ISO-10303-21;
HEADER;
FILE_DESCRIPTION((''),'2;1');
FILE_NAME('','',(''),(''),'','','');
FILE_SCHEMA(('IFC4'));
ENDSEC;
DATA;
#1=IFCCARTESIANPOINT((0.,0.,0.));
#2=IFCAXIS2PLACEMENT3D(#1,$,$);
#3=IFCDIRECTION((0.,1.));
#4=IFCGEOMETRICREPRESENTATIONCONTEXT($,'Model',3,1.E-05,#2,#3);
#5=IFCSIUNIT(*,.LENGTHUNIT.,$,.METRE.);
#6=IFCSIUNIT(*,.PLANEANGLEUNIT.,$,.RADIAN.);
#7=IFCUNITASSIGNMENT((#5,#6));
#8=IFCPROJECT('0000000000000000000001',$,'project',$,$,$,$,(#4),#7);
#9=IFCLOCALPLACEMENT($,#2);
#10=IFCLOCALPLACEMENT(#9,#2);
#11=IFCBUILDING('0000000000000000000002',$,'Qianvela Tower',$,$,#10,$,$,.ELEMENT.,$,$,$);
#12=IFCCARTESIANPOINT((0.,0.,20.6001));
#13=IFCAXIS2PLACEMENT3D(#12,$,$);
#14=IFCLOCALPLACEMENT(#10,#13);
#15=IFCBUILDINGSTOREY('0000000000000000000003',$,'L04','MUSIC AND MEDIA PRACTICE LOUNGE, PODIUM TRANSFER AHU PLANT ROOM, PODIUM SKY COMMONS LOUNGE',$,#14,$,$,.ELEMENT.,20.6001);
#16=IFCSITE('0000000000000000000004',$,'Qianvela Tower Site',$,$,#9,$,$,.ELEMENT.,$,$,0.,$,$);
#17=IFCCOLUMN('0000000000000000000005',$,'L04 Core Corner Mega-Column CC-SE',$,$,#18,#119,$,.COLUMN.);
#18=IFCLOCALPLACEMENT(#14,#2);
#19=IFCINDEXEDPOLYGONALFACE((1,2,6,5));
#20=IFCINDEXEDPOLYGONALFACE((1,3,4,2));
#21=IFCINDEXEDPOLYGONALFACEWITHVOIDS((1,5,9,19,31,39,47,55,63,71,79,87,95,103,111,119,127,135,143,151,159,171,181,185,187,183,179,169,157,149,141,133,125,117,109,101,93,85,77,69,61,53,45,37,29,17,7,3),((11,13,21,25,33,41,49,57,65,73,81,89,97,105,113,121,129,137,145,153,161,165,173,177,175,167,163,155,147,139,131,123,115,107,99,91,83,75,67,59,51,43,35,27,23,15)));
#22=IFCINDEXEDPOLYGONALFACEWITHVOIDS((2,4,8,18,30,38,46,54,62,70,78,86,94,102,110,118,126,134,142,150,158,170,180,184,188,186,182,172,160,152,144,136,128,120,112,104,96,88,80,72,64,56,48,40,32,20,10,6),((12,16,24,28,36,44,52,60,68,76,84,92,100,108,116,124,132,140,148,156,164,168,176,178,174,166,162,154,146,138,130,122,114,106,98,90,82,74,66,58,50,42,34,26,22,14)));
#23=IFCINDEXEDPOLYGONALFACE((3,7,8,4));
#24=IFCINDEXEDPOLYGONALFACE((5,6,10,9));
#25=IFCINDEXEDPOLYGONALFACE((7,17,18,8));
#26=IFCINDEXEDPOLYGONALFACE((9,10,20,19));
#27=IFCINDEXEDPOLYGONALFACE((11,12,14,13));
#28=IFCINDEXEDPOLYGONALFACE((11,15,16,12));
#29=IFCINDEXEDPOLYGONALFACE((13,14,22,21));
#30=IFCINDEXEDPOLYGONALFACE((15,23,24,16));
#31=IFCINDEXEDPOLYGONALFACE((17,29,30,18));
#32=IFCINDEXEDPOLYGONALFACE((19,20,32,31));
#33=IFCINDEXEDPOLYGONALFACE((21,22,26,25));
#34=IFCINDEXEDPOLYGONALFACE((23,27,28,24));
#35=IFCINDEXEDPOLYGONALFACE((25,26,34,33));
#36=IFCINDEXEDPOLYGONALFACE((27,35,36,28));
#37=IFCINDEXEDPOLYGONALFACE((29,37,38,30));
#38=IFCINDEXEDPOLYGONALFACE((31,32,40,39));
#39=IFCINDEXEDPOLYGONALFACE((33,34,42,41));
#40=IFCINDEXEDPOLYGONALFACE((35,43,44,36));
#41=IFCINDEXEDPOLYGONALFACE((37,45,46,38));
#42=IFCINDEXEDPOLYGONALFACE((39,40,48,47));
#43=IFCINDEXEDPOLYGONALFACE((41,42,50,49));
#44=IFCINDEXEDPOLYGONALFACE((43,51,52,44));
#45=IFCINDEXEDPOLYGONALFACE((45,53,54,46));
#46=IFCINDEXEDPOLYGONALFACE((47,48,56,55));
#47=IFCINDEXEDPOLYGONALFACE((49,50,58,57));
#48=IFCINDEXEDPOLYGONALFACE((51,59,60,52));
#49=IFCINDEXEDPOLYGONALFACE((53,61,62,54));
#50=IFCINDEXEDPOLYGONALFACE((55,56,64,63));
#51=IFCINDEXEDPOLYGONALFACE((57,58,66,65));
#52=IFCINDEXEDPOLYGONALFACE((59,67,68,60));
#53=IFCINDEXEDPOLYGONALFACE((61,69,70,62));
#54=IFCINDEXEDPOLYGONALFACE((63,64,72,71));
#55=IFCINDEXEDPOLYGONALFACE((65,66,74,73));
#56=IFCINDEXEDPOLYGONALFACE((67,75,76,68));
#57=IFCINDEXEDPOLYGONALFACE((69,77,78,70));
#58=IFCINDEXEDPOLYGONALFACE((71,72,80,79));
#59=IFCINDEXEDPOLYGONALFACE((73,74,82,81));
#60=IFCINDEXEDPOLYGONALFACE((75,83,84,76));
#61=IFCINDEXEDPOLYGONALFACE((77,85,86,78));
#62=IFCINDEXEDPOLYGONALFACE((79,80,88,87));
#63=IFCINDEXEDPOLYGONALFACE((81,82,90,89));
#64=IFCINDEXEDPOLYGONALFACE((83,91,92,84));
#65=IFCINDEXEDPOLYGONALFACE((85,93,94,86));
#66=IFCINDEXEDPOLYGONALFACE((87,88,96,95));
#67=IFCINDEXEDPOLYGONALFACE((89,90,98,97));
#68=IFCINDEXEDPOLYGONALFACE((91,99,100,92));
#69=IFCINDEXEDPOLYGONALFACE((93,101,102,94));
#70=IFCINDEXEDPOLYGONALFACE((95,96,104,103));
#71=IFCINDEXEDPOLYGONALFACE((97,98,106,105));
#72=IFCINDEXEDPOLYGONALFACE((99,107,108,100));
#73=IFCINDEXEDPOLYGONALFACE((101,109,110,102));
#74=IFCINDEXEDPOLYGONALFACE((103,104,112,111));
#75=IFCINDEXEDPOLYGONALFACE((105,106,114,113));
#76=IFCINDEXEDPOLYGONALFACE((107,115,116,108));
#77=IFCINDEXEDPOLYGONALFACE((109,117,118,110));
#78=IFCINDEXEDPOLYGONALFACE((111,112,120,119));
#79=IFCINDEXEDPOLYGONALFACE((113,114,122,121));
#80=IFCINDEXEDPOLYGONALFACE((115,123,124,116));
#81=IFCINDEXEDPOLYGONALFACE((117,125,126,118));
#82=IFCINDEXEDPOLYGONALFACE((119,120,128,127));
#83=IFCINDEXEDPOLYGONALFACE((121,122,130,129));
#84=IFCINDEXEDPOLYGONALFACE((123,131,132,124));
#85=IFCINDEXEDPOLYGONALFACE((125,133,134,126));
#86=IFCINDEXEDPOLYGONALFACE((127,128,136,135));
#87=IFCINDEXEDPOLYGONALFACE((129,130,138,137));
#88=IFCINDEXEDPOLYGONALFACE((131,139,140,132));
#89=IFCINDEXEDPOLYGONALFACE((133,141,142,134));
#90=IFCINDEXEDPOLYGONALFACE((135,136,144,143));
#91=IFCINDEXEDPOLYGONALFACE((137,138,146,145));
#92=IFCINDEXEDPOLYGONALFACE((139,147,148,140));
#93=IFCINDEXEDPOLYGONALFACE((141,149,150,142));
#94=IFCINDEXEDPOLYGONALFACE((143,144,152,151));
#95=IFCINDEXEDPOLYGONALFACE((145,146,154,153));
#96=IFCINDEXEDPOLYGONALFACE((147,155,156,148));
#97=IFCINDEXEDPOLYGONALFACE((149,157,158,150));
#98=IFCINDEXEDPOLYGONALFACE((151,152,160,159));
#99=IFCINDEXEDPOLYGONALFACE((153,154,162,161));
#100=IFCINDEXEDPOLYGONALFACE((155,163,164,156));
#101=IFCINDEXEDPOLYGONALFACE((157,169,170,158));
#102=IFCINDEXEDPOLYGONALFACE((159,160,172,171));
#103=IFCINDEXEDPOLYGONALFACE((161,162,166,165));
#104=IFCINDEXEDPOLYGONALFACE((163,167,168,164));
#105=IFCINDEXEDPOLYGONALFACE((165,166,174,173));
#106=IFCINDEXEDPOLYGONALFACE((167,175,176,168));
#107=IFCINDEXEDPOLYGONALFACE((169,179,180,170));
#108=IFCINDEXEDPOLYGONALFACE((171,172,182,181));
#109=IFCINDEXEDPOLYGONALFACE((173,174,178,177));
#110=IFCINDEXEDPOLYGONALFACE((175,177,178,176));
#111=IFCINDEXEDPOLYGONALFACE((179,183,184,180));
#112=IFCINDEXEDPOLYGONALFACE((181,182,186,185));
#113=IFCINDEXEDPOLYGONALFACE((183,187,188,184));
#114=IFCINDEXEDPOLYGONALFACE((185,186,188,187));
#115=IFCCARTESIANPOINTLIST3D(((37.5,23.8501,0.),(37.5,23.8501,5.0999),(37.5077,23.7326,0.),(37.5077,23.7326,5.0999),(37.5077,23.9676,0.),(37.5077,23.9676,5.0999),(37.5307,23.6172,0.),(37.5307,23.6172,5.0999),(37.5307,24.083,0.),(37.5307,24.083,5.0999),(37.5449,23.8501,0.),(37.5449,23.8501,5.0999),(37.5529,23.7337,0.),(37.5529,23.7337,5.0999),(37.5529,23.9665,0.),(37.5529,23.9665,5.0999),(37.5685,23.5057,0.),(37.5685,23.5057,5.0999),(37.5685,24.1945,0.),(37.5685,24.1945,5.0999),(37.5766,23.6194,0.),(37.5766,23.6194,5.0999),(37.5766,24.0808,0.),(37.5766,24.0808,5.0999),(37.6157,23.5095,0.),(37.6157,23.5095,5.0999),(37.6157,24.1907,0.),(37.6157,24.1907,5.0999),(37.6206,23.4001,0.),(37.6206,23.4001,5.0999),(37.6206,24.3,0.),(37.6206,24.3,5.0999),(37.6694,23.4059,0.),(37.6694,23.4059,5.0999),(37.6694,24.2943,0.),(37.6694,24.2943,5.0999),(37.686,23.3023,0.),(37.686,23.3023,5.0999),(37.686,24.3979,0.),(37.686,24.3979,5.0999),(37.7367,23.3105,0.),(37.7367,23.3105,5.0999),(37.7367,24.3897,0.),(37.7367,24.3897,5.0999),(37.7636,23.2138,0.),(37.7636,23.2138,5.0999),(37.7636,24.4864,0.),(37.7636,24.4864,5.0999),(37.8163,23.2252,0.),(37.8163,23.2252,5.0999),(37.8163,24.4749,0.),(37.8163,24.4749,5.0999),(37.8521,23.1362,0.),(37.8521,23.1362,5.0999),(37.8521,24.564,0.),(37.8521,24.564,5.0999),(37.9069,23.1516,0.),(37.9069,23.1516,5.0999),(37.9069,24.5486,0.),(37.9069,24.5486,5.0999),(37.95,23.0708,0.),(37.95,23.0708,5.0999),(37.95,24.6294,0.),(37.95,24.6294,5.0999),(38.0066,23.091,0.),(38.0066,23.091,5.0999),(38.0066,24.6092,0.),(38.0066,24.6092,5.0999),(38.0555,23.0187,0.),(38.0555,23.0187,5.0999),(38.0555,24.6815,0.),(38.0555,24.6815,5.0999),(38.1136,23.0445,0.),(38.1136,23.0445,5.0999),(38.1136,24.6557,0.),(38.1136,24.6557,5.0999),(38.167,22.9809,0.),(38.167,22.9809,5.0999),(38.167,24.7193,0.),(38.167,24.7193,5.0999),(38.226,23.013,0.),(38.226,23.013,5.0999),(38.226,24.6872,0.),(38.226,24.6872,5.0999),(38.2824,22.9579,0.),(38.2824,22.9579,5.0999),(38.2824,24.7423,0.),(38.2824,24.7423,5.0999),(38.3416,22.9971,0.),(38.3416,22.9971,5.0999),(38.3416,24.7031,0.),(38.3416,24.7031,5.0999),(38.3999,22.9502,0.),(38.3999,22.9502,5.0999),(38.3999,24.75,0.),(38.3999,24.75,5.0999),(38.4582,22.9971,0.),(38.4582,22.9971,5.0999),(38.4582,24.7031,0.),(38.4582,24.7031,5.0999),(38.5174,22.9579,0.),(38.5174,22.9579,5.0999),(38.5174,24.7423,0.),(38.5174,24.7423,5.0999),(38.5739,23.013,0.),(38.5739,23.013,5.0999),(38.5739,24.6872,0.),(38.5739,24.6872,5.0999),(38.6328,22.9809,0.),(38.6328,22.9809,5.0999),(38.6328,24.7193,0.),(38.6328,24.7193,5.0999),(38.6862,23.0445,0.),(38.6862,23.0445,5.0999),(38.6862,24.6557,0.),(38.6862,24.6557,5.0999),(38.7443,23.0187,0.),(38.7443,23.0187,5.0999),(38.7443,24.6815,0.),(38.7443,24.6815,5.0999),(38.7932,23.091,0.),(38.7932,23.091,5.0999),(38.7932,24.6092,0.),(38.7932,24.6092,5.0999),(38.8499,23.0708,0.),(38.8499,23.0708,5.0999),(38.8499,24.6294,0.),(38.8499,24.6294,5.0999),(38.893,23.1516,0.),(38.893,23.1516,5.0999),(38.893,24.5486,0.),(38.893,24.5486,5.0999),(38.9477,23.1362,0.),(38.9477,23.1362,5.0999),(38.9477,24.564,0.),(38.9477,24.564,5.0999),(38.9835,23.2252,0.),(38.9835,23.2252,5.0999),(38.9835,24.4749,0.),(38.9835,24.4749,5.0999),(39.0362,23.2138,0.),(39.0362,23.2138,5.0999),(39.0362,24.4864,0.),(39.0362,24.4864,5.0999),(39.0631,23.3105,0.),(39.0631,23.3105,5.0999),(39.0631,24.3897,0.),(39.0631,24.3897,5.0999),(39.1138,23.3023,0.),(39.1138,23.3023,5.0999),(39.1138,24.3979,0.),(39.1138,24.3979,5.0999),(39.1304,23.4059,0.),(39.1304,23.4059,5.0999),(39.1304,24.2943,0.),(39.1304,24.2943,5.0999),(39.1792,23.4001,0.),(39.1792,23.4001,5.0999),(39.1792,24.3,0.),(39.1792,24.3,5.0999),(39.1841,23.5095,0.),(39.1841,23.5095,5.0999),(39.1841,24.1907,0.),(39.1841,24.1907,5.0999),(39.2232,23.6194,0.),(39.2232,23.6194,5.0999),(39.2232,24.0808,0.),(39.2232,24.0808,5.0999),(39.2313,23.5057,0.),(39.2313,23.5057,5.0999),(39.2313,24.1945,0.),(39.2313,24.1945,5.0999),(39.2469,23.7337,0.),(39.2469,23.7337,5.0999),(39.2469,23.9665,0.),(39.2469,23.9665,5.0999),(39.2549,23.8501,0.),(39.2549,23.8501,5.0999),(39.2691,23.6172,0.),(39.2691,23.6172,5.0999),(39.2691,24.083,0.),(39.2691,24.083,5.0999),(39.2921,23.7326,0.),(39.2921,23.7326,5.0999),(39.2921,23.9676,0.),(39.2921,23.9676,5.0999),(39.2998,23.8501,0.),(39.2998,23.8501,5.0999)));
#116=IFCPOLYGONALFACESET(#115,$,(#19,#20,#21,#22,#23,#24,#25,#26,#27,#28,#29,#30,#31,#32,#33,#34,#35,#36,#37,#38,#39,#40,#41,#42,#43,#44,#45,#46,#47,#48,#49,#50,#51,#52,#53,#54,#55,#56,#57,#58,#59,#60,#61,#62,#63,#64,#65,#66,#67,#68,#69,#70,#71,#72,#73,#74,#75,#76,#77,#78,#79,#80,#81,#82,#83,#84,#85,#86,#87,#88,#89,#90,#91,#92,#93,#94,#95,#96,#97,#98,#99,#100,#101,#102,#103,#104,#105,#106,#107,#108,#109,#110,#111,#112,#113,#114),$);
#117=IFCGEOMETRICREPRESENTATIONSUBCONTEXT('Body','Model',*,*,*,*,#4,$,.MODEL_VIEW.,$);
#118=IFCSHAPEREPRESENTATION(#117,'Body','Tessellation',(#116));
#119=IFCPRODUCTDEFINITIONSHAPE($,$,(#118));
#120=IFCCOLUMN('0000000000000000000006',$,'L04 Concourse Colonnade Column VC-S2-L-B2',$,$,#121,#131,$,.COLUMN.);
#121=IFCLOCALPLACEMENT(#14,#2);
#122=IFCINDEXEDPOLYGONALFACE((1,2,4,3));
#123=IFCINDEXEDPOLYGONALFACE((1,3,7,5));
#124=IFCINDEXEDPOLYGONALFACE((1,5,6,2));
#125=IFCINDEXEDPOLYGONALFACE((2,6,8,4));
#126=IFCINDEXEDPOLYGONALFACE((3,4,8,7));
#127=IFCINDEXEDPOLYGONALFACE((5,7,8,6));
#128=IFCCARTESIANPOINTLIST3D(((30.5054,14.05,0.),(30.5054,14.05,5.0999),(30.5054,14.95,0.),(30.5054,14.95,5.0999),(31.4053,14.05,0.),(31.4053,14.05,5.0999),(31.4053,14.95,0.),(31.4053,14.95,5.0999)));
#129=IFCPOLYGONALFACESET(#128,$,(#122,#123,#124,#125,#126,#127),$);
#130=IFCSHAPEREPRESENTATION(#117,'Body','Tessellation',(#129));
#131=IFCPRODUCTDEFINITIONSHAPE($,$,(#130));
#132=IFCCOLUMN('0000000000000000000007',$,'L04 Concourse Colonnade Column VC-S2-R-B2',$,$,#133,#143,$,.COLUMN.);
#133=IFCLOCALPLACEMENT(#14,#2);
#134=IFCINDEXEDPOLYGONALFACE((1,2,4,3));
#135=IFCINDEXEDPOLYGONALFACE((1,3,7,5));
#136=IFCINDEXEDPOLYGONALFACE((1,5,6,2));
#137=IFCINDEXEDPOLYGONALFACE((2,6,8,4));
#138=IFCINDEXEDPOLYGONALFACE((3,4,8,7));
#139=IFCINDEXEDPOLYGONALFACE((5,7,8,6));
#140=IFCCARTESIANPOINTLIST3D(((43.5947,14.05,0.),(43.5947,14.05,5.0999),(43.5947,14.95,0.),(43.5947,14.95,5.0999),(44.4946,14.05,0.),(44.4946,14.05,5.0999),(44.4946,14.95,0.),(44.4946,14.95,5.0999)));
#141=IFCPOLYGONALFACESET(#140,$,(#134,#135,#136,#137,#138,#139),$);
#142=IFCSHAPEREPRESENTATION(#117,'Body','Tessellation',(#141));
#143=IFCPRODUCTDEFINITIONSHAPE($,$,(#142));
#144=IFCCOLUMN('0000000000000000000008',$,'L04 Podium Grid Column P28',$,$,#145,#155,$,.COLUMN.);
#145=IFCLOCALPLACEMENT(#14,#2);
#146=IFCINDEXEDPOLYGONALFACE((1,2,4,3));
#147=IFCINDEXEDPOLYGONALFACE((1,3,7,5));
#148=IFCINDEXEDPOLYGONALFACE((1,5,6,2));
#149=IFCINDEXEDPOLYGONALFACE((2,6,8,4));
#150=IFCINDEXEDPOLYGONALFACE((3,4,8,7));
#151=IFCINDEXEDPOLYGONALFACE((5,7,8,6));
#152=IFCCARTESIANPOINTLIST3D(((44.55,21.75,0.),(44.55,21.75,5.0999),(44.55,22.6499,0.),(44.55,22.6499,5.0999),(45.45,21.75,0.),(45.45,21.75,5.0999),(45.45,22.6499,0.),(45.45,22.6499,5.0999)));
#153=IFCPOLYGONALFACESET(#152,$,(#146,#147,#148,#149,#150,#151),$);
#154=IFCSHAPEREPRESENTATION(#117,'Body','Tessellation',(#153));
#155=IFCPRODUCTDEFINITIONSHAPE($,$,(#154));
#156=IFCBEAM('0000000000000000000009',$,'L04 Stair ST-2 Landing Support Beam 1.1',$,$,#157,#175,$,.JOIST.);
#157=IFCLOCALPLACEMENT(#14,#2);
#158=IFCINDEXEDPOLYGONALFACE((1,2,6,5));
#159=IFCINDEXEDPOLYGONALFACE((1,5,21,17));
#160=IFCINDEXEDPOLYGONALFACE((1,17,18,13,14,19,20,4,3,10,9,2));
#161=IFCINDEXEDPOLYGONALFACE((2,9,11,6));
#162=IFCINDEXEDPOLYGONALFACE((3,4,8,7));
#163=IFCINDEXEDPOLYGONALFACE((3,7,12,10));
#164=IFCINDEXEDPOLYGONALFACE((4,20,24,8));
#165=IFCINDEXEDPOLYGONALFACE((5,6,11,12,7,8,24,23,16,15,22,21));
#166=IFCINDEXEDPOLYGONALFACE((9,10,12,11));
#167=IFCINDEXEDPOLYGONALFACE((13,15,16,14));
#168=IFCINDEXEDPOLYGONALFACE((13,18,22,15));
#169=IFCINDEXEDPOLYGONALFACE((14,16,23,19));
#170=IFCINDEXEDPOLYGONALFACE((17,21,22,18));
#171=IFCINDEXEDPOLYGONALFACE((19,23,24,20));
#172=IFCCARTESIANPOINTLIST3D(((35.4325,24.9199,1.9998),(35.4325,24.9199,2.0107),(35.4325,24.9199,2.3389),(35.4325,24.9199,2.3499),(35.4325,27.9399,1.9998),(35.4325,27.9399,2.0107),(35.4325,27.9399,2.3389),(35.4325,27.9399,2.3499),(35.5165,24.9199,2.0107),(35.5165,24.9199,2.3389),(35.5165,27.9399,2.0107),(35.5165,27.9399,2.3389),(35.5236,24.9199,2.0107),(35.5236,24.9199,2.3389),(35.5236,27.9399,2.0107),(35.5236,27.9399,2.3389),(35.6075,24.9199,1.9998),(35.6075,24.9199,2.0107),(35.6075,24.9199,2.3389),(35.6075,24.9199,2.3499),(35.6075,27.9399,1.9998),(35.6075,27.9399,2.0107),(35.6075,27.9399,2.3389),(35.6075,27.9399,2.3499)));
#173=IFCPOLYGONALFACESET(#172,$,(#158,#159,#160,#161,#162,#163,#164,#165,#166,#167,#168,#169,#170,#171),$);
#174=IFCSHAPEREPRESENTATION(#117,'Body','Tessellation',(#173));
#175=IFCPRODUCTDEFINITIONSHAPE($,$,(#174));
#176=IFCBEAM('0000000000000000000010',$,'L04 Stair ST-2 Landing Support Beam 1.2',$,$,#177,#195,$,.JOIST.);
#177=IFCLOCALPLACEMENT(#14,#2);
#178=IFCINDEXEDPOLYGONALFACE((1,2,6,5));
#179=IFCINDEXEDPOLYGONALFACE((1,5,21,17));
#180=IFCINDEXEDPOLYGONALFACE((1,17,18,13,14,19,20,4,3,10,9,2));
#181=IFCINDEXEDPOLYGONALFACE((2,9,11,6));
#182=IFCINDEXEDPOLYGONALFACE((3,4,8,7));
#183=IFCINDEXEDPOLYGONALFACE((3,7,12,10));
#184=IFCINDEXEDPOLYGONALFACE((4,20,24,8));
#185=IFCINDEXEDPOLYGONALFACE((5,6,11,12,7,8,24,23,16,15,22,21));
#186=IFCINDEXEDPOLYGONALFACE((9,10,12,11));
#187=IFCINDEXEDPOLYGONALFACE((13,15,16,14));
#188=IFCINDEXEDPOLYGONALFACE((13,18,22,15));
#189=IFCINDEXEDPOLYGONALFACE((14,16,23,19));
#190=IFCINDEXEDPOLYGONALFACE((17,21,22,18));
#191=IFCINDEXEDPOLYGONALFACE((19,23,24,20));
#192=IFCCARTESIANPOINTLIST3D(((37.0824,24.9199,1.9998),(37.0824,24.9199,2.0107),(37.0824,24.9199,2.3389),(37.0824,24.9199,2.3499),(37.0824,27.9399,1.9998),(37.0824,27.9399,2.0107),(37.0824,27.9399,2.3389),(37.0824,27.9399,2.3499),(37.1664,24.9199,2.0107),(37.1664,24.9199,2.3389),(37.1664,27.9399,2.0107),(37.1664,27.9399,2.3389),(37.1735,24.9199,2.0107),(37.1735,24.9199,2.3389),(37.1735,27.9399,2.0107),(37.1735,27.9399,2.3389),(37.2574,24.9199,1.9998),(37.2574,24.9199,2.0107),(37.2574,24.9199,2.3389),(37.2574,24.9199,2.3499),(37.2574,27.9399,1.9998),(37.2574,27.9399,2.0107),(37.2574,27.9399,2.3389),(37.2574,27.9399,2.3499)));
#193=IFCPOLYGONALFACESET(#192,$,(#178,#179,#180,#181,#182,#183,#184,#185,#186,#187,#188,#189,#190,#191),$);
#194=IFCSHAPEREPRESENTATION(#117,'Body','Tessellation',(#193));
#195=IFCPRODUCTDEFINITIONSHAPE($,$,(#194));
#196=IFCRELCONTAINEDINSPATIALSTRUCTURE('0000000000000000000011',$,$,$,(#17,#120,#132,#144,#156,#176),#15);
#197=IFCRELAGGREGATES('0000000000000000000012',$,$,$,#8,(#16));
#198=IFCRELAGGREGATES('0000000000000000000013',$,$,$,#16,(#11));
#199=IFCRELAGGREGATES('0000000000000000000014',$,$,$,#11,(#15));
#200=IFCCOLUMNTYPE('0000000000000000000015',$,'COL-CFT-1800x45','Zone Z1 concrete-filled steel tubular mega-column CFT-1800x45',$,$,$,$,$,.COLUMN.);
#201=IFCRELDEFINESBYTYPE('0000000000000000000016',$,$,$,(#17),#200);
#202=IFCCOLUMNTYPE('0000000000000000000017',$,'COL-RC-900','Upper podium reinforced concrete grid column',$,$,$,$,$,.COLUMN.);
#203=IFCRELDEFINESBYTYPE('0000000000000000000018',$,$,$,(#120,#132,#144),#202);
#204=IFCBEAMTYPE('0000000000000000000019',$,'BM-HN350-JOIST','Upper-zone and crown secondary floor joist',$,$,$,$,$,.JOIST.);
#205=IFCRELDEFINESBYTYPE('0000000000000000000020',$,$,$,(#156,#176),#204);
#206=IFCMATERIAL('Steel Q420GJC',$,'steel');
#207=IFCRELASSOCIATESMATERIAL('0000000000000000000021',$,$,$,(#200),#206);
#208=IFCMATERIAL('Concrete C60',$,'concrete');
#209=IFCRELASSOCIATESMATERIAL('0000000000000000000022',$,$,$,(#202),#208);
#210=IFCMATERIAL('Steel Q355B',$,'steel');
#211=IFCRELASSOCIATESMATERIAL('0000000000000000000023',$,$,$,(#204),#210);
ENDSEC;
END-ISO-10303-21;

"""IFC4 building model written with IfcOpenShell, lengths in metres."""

from ifc_helpers import new_model, si_unit, direction, frame, origin, origin_2d, place, context, subcontext, project, spatial, rectangle, hollow_circle, i_section, extrude, material, material_profile, profile_set, type_object, element, save


model = new_model("IFC4")

# Units and contexts
model_context = context("Model", 3, precision=1e-05, world=origin(), true_north=direction((0.0, 1.0)))
body_context = subcontext(model_context, "Body", "Model", "MODEL_VIEW")
ifc_project = project(units=[si_unit("LENGTHUNIT", "METRE"), si_unit("PLANEANGLEUNIT", "RADIAN")], contexts=[model_context])

# Site, building, storey
site_placement = place(None, origin())
site = spatial("IfcSite", under=ifc_project, at=site_placement, Name="Qianvela Tower Site", CompositionType="ELEMENT", RefElevation=0.0)
building_placement = place(site_placement, origin())
building = spatial("IfcBuilding", under=site, at=building_placement, Name="Qianvela Tower", CompositionType="ELEMENT")
storey_placement = place(building_placement, frame((0.0, 0.0, 20.6001)))
storey = spatial("IfcBuildingStorey", under=building, at=storey_placement, Name="L04", Description="MUSIC AND MEDIA PRACTICE LOUNGE, PODIUM TRANSFER AHU PLANT ROOM, PODIUM SKY COMMONS LOUNGE", CompositionType="ELEMENT", Elevation=20.6001)

# Columns
ifc_material_1 = material(Name="Steel Q420GJC", Category="steel")
ifc_material_profile_1 = material_profile(ifc_material_1, hollow_circle(Radius=0.8999, WallThickness=0.0449, at=origin_2d()), Name="CFT-1800x45")
ifc_profile_set_1 = profile_set([ifc_material_profile_1], Name="Steel Q420GJC")
column_type_1 = type_object("IfcColumnType", Name="COL-CFT-1800x45", Description="Zone Z1 concrete-filled steel tubular mega-column CFT-1800x45", PredefinedType="COLUMN", material=ifc_profile_set_1)
column_placement = place(storey_placement, frame((38.3999, 23.8501, 0.0), z_axis=(0.0, 0.0, 1.0), x_axis=(1.0, 0.0, 0.0)))
element("IfcColumn", 1, at=column_placement, inside=storey, type_object=column_type_1, Name="L04 Core Corner Mega-Column CC-SE", PredefinedType="COLUMN", context=body_context, shape_type="SweptSolid", body=[
    extrude(hollow_circle(Radius=0.8999, WallThickness=0.0449, at=origin_2d()), origin(), (0.0, 0.0, 1.0), 5.0999),
])
ifc_material_2 = material(Name="Concrete C60", Category="concrete")
ifc_material_profile_2 = material_profile(ifc_material_2, rectangle(XDim=0.8999, YDim=0.8999, at=origin_2d()), Name="RC-COL-900x900")
ifc_profile_set_2 = profile_set([ifc_material_profile_2], Name="Concrete C60")
column_type_2 = type_object("IfcColumnType", Name="COL-RC-900", Description="Upper podium reinforced concrete grid column", PredefinedType="COLUMN", material=ifc_profile_set_2)
for number, where, z_axis, x_axis, name in (
    (2, (30.9553, 14.5, 0.0), (0.0, 0.0, 1.0), (1.0, 0.0, 0.0), "L04 Concourse Colonnade Column VC-S2-L-B2"),
    (3, (44.0447, 14.5, 0.0), (0.0, 0.0, 1.0), (1.0, 0.0, 0.0), "L04 Concourse Colonnade Column VC-S2-R-B2"),
    (4, (45.0, 22.2, 0.0), (0.0, 0.0, 1.0), (1.0, 0.0, 0.0), "L04 Podium Grid Column P28"),
):
    element("IfcColumn", number, at=place(storey_placement, frame(where, z_axis=z_axis, x_axis=x_axis)), inside=storey, type_object=column_type_2, Name=name, PredefinedType="COLUMN", context=body_context, shape_type="SweptSolid", body=[
        extrude(rectangle(XDim=0.8999, YDim=0.8999, at=origin_2d()), origin(), (0.0, 0.0, 1.0), 5.0999),
    ])

# Beams
ifc_material_3 = material(Name="Steel Q355B", Category="steel")
ifc_material_profile_3 = material_profile(ifc_material_3, i_section(OverallWidth=0.175, OverallDepth=0.3501, WebThickness=0.0071, FlangeThickness=0.011, at=origin_2d()), Name="HN350x175x7x11")
ifc_profile_set_3 = profile_set([ifc_material_profile_3], Name="Steel Q355B")
beam_type_1 = type_object("IfcBeamType", Name="BM-HN350-JOIST", Description="Upper-zone and crown secondary floor joist", PredefinedType="JOIST", material=ifc_profile_set_3)
for number, where, z_axis, x_axis, name in (
    (5, (35.52, 24.9199, 2.1748), (0.0, 1.0, 0.0), (-1.0, 0.0, 0.0), "L04 Stair ST-2 Landing Support Beam 1.1"),
    (6, (37.1699, 24.9199, 2.1748), (0.0, 1.0, 0.0), (-1.0, 0.0, 0.0), "L04 Stair ST-2 Landing Support Beam 1.2"),
):
    element("IfcBeam", number, at=place(storey_placement, frame(where, z_axis=z_axis, x_axis=x_axis)), inside=storey, type_object=beam_type_1, Name=name, PredefinedType="JOIST", context=body_context, shape_type="SweptSolid", body=[
        extrude(i_section(OverallWidth=0.175, OverallDepth=0.3501, WebThickness=0.0071, FlangeThickness=0.011, at=origin_2d()), origin(), (0.0, 0.0, 1.0), 3.02),
    ])

save(model, "model.ifc")
